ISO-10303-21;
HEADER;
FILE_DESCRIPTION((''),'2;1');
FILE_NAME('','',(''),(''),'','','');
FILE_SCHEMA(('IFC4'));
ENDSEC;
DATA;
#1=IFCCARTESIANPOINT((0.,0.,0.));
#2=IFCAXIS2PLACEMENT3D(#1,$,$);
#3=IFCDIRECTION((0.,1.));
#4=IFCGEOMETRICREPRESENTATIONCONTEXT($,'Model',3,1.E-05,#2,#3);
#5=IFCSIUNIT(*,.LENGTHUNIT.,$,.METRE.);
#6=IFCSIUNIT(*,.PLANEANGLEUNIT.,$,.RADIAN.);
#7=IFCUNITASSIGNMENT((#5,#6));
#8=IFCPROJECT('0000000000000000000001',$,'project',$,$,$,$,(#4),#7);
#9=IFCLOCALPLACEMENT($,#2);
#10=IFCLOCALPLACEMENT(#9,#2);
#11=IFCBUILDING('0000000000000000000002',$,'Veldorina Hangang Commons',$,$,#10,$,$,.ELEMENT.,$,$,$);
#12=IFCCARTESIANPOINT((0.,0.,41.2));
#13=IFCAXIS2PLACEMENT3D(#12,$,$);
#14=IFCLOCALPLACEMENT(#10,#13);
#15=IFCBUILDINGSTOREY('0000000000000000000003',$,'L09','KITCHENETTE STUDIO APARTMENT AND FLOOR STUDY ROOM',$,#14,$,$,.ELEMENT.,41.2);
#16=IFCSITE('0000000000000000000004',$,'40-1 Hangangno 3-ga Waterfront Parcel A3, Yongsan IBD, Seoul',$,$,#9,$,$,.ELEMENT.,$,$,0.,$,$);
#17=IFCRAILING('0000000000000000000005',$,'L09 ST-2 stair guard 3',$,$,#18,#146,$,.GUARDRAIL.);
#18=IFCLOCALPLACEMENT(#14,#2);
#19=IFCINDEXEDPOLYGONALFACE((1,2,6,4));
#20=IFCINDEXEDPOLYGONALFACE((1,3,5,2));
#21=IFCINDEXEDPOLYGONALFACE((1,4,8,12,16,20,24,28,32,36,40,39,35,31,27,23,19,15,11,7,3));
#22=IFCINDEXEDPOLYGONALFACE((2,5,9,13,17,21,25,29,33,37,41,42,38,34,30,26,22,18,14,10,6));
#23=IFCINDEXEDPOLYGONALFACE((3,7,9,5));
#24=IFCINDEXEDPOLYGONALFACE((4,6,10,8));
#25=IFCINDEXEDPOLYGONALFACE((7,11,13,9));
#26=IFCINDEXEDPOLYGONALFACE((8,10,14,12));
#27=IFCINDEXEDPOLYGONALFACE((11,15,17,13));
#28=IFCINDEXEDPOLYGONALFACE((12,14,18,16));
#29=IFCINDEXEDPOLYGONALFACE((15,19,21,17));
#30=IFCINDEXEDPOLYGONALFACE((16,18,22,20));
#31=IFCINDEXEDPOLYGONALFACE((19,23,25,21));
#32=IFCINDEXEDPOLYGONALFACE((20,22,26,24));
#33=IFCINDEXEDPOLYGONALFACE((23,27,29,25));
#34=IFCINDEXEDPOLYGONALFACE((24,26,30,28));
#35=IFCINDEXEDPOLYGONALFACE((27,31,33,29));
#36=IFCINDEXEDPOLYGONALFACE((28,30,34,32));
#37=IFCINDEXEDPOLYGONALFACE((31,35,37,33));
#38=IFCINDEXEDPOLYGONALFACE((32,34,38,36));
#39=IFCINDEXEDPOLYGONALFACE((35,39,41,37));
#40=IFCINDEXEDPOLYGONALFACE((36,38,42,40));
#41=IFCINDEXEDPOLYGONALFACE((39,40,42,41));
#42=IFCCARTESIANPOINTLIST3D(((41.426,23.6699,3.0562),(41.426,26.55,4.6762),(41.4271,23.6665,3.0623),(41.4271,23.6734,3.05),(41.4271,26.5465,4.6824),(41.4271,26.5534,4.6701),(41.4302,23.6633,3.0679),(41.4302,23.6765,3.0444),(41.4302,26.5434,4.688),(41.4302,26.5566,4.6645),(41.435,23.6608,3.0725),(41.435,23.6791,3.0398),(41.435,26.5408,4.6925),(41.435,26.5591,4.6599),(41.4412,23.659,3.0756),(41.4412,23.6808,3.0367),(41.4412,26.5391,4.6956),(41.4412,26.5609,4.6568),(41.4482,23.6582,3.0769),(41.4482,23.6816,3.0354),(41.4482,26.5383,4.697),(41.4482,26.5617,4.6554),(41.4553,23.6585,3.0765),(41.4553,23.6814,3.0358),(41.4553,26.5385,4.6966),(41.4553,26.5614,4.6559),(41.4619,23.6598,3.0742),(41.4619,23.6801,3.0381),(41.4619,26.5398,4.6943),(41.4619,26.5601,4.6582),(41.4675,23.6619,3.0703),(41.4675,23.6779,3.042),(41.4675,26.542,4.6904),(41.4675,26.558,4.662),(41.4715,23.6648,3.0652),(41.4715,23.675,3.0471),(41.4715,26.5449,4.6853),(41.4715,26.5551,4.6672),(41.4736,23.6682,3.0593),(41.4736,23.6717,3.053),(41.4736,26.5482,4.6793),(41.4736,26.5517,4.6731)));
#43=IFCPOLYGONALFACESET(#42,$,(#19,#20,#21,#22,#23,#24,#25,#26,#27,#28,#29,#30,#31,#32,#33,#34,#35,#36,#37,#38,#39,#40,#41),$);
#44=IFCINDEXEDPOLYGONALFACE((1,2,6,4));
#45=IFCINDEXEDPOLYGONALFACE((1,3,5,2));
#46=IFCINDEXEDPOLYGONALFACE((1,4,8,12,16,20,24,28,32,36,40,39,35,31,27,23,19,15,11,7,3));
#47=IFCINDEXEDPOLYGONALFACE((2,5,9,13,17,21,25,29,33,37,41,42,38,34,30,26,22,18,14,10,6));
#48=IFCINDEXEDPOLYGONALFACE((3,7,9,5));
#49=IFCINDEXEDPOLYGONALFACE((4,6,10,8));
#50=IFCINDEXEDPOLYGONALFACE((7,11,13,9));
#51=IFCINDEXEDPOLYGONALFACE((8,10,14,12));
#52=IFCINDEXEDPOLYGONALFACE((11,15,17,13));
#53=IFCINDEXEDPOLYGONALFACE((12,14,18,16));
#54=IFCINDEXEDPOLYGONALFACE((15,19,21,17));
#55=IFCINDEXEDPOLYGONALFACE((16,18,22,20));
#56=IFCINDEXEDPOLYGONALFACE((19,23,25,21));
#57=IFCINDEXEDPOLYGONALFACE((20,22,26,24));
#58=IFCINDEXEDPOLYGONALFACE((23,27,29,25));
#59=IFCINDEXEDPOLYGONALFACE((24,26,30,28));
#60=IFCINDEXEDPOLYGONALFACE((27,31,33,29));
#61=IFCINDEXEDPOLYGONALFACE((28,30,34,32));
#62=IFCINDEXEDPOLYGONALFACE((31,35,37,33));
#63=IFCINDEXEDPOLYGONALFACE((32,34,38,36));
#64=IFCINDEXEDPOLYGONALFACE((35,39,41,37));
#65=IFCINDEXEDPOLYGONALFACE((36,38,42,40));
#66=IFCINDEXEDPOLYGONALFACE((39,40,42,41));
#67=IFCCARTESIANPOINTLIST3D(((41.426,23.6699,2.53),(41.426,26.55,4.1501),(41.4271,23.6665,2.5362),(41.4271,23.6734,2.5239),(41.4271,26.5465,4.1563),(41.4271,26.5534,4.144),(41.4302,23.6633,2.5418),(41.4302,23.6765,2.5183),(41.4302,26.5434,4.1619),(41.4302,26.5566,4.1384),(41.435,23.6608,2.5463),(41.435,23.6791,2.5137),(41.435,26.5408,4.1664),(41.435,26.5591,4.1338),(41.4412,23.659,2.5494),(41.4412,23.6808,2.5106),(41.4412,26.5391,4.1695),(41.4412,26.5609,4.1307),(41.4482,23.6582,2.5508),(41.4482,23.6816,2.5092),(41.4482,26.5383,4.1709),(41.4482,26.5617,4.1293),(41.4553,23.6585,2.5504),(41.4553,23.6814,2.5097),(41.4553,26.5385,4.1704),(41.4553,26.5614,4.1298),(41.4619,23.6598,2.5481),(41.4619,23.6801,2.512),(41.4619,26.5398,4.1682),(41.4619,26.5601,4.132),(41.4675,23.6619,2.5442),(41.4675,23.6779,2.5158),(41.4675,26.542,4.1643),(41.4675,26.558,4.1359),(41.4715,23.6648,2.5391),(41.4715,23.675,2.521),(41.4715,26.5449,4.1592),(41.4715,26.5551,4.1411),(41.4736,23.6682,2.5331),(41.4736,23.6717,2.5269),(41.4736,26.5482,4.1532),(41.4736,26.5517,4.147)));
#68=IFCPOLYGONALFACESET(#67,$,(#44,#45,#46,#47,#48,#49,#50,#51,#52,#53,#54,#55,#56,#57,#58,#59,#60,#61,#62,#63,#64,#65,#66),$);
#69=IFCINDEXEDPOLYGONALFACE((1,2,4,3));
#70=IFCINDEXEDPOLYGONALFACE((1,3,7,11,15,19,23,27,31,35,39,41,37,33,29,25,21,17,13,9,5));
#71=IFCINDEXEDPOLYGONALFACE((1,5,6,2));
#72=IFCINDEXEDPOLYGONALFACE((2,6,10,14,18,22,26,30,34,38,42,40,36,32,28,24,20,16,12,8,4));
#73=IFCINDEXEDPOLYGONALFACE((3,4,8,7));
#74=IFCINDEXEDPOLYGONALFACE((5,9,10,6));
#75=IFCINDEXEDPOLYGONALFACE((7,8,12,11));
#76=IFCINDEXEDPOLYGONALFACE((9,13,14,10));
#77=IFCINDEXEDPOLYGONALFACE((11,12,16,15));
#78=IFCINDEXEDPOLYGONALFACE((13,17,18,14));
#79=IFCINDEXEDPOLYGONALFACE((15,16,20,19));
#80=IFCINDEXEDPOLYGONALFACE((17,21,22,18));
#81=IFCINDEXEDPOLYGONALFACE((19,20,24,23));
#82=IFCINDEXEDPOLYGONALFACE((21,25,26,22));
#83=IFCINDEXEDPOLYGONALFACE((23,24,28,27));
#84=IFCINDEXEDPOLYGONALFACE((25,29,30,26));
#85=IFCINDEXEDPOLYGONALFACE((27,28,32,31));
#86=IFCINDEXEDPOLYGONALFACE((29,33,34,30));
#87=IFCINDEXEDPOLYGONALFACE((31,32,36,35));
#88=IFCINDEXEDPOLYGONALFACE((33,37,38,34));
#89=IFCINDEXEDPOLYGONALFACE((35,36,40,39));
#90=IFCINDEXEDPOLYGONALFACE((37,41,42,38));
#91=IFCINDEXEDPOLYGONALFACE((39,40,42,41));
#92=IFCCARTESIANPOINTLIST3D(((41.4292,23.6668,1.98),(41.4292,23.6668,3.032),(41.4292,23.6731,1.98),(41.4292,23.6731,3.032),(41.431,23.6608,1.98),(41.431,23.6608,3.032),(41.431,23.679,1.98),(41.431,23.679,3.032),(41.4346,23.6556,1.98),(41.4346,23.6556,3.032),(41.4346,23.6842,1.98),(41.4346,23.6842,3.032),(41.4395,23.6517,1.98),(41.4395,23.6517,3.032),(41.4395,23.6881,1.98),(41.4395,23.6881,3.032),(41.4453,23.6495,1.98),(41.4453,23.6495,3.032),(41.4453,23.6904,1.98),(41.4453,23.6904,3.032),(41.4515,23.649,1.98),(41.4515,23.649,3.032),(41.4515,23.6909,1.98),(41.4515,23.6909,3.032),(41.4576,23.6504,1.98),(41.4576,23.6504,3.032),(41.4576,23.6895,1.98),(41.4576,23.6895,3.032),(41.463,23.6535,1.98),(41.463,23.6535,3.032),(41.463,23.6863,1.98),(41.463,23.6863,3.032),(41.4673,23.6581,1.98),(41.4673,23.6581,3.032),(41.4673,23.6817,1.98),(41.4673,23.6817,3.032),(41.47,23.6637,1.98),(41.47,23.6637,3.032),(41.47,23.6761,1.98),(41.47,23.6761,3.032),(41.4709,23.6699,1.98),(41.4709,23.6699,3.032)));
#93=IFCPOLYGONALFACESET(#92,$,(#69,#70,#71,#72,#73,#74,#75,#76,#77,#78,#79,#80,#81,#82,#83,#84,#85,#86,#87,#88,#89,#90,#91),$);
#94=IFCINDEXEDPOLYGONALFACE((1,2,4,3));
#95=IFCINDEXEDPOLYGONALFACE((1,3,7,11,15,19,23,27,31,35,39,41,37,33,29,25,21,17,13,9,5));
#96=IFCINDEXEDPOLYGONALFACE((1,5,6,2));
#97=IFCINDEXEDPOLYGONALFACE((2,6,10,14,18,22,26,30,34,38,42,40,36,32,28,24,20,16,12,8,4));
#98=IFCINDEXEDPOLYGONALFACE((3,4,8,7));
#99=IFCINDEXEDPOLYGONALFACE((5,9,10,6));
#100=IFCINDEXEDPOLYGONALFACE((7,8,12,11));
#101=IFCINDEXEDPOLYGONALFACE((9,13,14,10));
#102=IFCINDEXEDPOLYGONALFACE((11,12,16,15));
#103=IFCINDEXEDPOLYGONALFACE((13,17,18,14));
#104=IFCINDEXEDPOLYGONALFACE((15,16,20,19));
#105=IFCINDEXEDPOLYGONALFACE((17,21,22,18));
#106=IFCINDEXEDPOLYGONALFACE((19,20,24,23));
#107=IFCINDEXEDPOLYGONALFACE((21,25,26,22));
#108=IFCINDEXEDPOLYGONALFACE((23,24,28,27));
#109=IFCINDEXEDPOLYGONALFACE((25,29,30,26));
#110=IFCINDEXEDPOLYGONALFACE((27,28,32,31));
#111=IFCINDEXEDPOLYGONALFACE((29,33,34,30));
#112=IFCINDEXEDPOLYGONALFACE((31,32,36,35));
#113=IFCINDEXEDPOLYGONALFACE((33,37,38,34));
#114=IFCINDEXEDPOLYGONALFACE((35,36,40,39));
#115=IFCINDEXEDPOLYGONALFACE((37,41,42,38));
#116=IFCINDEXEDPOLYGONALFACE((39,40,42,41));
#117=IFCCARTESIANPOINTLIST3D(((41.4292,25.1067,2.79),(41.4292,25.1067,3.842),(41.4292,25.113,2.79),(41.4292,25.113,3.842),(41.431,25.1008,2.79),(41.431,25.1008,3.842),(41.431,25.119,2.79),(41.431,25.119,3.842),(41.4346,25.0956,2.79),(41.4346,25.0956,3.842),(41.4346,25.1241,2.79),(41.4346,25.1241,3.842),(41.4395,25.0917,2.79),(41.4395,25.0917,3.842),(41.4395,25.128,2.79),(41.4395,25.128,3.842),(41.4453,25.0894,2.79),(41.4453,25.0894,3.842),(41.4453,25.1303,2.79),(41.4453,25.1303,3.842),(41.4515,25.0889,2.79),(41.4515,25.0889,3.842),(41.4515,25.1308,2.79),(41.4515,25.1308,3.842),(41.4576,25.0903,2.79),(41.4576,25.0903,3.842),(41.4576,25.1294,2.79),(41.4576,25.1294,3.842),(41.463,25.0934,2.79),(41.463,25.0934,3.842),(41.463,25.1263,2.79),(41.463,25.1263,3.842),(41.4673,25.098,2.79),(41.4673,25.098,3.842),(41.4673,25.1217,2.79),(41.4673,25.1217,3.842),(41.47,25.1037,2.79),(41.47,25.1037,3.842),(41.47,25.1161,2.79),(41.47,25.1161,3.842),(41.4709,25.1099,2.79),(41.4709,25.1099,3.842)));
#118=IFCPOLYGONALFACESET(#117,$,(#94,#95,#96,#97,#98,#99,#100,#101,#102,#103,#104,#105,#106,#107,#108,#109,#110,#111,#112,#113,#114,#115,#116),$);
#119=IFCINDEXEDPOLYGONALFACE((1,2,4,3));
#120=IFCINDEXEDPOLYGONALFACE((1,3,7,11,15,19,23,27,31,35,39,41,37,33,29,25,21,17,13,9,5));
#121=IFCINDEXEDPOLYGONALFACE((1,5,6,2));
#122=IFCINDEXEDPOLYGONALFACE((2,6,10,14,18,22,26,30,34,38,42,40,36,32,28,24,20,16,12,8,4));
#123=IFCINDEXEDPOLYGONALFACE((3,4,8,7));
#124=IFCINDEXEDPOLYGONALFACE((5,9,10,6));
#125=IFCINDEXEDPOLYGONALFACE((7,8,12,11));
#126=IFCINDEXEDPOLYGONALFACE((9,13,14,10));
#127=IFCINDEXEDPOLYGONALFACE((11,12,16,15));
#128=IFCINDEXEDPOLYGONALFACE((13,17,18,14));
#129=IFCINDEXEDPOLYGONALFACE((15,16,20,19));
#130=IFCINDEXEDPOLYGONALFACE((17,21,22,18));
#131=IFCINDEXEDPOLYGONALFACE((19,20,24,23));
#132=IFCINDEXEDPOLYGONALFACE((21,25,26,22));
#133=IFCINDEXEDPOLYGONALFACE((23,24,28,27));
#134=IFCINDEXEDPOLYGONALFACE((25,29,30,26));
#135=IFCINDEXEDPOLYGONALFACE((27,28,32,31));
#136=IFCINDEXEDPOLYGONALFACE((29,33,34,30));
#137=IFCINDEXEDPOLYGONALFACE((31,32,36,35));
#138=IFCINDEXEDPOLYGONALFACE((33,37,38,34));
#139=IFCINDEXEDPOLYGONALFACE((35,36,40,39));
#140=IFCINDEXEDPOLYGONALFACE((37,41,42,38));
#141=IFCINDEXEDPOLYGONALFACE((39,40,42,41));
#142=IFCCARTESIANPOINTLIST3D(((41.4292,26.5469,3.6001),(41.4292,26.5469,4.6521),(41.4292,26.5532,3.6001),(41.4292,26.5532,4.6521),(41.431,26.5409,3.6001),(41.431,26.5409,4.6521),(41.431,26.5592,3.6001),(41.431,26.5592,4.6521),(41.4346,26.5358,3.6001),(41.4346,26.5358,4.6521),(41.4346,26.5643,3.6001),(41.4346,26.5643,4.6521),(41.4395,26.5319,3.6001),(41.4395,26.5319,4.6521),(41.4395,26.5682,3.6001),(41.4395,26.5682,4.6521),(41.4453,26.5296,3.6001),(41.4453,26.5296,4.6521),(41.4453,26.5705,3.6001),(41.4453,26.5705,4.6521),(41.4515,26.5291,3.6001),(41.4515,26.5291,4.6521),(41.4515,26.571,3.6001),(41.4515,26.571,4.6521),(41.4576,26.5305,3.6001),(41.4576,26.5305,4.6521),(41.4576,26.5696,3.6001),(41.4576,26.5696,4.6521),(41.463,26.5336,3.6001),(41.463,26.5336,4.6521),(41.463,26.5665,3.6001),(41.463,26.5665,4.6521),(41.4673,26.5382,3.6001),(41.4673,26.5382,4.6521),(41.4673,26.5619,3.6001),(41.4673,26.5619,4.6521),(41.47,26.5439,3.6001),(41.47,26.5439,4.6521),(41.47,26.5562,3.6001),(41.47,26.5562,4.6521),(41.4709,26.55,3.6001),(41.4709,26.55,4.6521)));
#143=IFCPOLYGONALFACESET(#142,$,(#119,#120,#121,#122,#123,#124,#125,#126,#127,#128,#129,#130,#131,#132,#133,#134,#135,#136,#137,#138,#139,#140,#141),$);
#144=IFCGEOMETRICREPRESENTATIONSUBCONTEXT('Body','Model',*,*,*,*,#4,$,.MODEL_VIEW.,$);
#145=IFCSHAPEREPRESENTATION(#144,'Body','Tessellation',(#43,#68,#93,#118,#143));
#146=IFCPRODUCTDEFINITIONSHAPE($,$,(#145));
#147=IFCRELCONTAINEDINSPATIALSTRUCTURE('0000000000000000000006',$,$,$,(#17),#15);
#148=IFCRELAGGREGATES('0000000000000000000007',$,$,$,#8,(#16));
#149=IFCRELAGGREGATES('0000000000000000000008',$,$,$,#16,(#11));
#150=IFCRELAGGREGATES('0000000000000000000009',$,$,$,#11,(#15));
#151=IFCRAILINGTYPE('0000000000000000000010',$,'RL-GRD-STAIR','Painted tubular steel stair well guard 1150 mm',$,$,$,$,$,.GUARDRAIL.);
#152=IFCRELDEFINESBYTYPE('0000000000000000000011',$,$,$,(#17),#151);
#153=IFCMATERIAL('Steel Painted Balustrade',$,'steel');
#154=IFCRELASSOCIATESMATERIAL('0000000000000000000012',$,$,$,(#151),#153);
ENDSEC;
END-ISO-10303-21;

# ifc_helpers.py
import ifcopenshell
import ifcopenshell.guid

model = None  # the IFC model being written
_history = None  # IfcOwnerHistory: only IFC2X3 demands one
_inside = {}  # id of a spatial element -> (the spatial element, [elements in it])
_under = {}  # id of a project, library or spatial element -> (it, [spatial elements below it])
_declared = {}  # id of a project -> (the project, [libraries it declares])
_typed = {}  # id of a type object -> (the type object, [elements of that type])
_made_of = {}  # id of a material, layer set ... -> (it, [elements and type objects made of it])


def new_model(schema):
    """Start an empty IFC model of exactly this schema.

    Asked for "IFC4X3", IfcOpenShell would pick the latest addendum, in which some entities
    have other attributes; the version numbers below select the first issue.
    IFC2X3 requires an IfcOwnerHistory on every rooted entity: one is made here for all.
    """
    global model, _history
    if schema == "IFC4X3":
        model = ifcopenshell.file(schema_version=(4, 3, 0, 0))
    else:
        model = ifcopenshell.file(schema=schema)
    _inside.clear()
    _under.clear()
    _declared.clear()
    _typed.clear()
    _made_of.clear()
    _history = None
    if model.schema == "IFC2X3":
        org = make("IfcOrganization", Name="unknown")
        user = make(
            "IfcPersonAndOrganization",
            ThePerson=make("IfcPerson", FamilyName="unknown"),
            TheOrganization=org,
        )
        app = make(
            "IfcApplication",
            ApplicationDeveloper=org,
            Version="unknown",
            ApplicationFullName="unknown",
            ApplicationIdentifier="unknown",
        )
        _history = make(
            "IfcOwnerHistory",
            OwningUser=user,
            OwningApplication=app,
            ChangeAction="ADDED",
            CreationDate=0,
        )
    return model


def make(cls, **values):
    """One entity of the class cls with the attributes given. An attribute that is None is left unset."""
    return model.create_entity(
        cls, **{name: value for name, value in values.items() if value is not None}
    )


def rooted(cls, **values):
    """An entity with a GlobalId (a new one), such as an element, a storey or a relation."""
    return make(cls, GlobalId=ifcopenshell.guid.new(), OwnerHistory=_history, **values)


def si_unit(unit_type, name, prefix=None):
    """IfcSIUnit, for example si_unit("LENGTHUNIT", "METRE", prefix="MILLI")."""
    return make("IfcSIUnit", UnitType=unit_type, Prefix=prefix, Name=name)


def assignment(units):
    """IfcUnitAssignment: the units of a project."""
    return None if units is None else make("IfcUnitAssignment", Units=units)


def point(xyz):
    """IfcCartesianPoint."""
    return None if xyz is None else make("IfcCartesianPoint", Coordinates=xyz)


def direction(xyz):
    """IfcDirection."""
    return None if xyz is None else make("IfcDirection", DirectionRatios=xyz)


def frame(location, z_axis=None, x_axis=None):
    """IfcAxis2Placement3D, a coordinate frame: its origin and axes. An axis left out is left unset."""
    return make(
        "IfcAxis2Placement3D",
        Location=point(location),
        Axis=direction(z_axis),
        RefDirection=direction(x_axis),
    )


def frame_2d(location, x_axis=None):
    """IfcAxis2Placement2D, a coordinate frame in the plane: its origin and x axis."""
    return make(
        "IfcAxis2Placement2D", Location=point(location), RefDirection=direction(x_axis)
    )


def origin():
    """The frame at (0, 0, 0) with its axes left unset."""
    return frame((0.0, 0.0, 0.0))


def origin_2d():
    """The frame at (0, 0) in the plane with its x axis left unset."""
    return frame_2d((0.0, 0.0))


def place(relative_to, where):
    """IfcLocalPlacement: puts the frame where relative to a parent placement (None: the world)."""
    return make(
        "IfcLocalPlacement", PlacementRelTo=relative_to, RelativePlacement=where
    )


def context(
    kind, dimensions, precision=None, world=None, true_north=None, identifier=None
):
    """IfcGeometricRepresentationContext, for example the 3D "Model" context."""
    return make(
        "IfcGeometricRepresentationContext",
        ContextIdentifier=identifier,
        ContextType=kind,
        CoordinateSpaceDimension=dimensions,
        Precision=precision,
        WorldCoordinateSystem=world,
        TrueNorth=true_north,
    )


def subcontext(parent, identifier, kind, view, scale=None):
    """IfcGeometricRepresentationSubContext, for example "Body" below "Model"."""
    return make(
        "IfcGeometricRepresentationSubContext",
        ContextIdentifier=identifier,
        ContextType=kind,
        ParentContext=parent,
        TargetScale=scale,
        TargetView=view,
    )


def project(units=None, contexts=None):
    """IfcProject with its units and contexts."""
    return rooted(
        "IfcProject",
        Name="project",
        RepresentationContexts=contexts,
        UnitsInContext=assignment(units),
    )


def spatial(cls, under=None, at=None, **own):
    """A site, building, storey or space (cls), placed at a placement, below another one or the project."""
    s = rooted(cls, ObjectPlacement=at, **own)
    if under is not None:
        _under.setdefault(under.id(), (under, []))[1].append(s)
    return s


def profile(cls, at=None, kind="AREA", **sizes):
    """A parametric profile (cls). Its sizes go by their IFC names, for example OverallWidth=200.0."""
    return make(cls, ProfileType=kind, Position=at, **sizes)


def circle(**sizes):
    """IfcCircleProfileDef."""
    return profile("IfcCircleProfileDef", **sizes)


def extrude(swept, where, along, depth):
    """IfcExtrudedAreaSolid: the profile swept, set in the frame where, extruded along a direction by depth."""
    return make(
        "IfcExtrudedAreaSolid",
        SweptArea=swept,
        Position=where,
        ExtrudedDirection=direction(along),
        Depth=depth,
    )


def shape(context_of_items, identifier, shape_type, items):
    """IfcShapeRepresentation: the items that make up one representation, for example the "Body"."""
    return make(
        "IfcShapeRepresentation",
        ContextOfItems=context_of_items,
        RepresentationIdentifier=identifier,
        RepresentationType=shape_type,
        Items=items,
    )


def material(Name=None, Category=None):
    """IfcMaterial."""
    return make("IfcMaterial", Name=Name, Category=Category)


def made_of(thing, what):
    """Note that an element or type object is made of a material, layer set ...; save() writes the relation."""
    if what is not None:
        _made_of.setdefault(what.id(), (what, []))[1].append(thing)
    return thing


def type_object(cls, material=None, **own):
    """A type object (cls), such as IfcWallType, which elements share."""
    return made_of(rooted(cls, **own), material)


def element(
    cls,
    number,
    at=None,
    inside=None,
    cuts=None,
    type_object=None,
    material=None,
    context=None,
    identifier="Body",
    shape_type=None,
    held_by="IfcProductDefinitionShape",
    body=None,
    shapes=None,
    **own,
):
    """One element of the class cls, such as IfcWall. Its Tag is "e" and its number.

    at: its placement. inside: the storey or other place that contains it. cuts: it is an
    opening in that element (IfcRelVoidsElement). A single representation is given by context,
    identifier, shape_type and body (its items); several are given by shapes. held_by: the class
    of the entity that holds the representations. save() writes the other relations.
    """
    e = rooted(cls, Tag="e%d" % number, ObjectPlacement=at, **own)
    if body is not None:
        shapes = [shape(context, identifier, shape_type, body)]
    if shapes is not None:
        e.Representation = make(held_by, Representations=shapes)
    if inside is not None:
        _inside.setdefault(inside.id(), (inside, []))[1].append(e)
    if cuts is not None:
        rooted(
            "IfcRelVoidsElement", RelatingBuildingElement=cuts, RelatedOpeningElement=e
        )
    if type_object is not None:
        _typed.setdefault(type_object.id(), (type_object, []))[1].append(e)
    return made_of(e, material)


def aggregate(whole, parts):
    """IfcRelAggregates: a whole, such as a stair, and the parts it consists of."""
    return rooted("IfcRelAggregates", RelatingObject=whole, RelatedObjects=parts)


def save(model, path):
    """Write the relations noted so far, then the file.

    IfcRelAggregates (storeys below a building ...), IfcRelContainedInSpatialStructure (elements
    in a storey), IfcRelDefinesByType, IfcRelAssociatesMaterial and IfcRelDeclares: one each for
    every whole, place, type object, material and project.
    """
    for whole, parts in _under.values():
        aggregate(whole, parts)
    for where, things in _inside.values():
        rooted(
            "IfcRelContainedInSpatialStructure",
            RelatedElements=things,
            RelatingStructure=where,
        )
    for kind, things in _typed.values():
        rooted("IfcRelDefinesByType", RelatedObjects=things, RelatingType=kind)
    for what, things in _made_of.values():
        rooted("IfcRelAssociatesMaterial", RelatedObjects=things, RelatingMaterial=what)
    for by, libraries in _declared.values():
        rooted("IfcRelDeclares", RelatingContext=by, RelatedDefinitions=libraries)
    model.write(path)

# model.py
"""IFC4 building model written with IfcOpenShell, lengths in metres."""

from ifc_helpers import new_model, si_unit, direction, frame, origin, origin_2d, place, context, subcontext, project, spatial, circle, extrude, material, type_object, element, save


model = new_model("IFC4")

# Units and contexts
model_context = context("Model", 3, precision=1e-05, world=origin(), true_north=direction((0.0, 1.0)))
body_context = subcontext(model_context, "Body", "Model", "MODEL_VIEW")
ifc_project = project(units=[si_unit("LENGTHUNIT", "METRE"), si_unit("PLANEANGLEUNIT", "RADIAN")], contexts=[model_context])

# Site, building, storey
site_placement = place(None, origin())
site = spatial("IfcSite", under=ifc_project, at=site_placement, Name="40-1 Hangangno 3-ga Waterfront Parcel A3, Yongsan IBD, Seoul", CompositionType="ELEMENT", RefElevation=0.0)
building_placement = place(site_placement, origin())
building = spatial("IfcBuilding", under=site, at=building_placement, Name="Veldorina Hangang Commons", CompositionType="ELEMENT")
storey_placement = place(building_placement, frame((0.0, 0.0, 41.2)))
storey = spatial("IfcBuildingStorey", under=building, at=storey_placement, Name="L09", Description="KITCHENETTE STUDIO APARTMENT AND FLOOR STUDY ROOM", CompositionType="ELEMENT", Elevation=41.2)

# Railing
ifc_material_1 = material(Name="Steel Painted Balustrade", Category="steel")
railing_type_1 = type_object("IfcRailingType", Name="RL-GRD-STAIR", Description="Painted tubular steel stair well guard 1150 mm", PredefinedType="GUARDRAIL", material=ifc_material_1)
railing_1_placement = place(storey_placement, frame((41.45, 23.6699, 1.98)))
element("IfcRailing", 1, at=railing_1_placement, inside=storey, type_object=railing_type_1, Name="L09 ST-2 stair guard 3", PredefinedType="GUARDRAIL", context=body_context, shape_type="SweptSolid", body=[
    extrude(circle(Radius=0.0239, at=origin_2d()), frame((0.0, 0.0, 1.0762), z_axis=(0.0, 0.87157, 0.490272), x_axis=(-1.0, 0.0, 0.0)), (0.0, 0.0, 1.0), 3.3044),
    extrude(circle(Radius=0.0239, at=origin_2d()), frame((0.0, 0.0, 0.55), z_axis=(0.0, 0.87157, 0.490272), x_axis=(-1.0, 0.0, 0.0)), (0.0, 0.0, 1.0), 3.3044),
    extrude(circle(Radius=0.021, at=origin_2d()), origin(), (0.0, 0.0, 1.0), 1.052),
    extrude(circle(Radius=0.021, at=origin_2d()), frame((0.0, 1.4399, 0.8101)), (0.0, 0.0, 1.0), 1.052),
    extrude(circle(Radius=0.021, at=origin_2d()), frame((0.0, 2.8801, 1.6201)), (0.0, 0.0, 1.0), 1.052),
])

save(model, "model.ifc")
